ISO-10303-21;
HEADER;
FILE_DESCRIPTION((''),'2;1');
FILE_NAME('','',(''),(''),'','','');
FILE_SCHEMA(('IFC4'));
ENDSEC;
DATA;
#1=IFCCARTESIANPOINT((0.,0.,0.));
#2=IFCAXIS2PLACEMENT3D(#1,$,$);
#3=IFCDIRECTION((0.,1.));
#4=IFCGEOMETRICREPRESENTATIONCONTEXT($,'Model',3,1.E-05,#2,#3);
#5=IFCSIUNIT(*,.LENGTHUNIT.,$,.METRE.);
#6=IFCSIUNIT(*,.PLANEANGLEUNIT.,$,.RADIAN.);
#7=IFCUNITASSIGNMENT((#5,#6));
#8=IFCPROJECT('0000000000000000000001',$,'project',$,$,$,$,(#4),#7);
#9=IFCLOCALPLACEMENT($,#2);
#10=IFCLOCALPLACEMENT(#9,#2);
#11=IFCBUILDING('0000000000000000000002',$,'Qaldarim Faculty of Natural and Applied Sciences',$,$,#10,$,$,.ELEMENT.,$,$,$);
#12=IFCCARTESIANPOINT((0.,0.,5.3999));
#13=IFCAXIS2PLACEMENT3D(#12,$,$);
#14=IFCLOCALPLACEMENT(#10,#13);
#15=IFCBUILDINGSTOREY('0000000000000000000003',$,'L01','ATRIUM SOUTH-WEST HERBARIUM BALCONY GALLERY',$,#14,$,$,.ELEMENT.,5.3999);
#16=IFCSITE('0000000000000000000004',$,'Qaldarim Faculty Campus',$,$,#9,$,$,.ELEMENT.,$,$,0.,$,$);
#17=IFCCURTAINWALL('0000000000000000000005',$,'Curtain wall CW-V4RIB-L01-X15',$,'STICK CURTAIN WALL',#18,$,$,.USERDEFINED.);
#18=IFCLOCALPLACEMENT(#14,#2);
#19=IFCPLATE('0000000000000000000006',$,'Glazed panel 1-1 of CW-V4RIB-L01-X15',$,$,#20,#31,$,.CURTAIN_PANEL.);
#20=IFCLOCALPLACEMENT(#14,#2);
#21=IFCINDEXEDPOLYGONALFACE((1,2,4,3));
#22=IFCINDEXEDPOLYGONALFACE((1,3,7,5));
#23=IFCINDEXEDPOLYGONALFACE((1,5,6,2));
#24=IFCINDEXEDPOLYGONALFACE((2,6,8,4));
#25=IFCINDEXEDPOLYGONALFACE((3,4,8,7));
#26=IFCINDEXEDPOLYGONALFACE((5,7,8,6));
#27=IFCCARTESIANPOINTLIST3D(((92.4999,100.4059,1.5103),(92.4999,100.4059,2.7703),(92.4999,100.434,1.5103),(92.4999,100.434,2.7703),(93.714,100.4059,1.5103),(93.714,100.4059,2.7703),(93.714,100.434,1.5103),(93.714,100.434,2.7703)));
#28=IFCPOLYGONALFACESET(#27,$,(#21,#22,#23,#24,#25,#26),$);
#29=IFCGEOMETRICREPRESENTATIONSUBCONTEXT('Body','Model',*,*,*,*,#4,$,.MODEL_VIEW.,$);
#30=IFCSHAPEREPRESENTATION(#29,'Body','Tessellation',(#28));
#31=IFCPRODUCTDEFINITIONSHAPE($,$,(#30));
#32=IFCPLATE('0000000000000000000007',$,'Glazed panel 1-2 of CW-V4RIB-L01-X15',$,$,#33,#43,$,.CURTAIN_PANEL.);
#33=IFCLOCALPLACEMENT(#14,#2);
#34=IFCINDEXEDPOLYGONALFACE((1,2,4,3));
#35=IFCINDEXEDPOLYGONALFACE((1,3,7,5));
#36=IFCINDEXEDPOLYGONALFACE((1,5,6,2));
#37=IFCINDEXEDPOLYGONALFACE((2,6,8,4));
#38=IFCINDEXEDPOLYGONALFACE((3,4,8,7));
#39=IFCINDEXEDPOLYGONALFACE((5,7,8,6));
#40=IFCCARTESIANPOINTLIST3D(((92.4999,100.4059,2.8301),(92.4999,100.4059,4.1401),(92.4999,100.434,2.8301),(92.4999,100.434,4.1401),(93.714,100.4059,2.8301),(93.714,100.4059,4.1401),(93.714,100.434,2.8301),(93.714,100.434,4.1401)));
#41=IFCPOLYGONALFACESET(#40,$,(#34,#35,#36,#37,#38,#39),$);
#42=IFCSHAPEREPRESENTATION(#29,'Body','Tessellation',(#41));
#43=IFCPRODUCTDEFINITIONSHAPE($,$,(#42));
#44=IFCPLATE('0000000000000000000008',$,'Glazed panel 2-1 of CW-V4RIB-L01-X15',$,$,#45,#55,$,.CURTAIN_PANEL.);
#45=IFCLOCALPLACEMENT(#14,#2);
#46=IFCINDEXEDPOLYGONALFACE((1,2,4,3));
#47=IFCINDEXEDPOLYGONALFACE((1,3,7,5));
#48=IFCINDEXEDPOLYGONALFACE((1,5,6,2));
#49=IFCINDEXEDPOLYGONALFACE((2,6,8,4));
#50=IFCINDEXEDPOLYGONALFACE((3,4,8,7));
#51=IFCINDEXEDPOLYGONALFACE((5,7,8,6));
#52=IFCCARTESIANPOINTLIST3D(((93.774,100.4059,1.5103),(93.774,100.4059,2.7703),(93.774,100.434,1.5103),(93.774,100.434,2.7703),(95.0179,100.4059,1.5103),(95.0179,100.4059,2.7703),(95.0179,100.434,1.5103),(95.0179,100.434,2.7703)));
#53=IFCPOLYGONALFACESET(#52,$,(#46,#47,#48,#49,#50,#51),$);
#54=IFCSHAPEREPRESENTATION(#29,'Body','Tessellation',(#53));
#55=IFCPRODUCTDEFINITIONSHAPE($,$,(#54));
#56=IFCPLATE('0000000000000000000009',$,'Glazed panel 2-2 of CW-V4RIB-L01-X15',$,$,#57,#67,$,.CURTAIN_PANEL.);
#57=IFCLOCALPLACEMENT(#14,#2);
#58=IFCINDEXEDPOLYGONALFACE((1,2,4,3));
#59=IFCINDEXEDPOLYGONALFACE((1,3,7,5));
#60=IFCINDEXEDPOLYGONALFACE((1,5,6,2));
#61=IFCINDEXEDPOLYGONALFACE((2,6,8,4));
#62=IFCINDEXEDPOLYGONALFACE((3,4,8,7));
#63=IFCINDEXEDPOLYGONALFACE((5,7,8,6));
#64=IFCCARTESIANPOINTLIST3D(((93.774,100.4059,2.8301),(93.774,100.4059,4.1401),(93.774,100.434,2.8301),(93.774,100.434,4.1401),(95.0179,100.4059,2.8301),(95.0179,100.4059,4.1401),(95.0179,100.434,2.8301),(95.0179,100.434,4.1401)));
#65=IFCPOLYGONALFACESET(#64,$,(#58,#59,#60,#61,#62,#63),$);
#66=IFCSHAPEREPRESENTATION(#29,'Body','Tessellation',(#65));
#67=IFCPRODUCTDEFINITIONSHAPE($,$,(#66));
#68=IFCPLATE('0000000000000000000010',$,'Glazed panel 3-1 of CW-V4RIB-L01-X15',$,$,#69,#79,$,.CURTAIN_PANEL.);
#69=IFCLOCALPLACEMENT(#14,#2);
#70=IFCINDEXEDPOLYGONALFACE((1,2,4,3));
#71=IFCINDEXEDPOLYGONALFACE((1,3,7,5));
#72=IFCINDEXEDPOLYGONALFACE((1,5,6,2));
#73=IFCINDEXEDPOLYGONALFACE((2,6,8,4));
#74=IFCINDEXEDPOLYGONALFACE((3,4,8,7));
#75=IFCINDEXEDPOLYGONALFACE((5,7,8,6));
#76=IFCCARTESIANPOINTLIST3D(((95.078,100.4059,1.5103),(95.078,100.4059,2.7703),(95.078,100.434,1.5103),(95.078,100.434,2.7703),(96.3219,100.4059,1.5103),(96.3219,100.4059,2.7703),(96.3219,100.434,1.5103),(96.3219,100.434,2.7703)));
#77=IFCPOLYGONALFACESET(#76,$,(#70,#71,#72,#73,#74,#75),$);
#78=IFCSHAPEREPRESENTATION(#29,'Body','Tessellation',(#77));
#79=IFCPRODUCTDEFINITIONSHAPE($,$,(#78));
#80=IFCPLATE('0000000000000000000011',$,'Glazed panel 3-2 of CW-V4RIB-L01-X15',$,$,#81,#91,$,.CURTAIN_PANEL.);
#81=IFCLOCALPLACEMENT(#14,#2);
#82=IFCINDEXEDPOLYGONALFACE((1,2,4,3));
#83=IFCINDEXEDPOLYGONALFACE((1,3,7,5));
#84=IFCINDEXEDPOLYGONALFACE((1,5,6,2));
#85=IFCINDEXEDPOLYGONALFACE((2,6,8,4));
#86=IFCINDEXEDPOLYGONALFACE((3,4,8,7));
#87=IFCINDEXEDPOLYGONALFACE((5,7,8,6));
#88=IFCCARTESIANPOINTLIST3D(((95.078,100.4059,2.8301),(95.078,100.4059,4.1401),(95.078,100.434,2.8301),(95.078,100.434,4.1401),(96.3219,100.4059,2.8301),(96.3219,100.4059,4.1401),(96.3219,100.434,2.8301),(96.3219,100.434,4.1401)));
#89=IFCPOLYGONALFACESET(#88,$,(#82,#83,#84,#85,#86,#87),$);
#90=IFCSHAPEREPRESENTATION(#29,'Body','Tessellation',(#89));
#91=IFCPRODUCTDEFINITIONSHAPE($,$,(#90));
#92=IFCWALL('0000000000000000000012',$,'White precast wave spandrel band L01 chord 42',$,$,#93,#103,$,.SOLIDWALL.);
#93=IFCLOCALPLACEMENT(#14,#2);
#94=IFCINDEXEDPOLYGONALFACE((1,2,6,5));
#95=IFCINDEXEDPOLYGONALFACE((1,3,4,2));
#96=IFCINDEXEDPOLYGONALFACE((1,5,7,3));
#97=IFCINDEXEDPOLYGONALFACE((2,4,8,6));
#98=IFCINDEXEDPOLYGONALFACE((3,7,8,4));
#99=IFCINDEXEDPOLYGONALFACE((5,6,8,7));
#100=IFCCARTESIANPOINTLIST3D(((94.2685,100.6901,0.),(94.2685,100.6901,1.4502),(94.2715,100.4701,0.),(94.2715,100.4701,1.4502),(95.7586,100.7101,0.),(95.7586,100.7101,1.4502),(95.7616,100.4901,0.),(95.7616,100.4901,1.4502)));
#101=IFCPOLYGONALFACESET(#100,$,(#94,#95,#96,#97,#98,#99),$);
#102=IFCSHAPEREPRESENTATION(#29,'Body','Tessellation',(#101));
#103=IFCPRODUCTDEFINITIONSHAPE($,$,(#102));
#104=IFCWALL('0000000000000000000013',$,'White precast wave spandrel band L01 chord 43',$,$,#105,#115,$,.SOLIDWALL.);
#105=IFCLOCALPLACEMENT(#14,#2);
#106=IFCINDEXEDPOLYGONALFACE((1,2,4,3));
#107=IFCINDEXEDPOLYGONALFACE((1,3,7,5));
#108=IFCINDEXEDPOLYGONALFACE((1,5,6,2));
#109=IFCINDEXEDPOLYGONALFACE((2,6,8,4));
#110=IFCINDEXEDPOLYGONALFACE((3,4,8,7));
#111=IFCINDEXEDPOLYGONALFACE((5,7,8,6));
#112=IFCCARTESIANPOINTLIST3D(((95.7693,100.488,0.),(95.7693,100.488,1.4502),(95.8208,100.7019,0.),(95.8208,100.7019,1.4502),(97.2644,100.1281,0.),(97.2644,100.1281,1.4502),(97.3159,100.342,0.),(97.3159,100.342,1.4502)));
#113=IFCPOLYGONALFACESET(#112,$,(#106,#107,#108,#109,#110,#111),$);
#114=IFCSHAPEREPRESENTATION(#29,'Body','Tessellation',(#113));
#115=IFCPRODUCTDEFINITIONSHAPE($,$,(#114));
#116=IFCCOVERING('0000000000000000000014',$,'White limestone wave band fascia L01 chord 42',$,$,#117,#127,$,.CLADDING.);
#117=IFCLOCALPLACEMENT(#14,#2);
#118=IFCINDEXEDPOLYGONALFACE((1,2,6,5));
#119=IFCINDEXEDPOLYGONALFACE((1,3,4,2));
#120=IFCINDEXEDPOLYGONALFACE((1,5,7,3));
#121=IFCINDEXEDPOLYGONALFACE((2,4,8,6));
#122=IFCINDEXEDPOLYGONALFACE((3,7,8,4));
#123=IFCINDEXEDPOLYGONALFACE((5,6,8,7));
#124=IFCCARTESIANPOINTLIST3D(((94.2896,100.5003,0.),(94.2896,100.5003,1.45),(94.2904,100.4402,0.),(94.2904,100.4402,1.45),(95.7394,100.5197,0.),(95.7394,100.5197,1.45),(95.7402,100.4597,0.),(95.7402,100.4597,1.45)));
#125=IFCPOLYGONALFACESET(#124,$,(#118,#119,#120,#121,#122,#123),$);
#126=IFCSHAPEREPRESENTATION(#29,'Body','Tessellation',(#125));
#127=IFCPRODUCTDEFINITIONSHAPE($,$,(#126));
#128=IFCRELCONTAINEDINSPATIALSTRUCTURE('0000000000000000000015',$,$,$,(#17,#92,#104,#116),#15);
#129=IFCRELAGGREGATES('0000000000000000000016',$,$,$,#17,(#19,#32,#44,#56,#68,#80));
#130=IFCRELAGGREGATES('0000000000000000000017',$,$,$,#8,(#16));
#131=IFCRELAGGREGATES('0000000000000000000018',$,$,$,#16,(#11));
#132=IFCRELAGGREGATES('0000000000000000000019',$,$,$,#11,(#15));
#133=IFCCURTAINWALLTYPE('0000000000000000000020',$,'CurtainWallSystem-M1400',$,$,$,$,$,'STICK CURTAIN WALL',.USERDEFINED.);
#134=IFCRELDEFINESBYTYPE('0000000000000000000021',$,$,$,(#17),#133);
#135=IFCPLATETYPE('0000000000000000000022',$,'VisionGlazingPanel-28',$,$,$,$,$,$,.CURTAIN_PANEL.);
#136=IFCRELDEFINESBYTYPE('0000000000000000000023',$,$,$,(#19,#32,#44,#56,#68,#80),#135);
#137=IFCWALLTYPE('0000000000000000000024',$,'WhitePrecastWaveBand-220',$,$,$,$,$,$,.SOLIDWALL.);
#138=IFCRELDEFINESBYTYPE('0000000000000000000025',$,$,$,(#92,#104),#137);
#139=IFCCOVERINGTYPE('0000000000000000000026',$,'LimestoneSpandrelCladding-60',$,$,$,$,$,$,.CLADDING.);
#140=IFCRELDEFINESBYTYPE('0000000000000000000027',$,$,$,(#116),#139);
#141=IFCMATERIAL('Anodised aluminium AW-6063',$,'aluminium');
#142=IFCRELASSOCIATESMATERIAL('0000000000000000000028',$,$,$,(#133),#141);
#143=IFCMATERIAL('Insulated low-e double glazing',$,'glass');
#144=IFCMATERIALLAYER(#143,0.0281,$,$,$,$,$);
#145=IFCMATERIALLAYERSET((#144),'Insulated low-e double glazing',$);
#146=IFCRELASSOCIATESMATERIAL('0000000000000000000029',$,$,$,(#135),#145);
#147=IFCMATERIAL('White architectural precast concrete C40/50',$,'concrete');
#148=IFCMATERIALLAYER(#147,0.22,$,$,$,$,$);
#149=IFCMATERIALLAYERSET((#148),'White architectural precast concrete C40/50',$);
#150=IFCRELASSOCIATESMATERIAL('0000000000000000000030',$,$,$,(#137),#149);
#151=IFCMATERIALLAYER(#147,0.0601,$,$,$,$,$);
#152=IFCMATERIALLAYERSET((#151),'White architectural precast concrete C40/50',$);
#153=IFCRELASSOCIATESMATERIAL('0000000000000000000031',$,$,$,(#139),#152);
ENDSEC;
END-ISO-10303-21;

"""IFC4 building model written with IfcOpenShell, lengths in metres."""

from ifc_helpers import new_model, si_unit, direction, frame, frame_2d, origin, origin_2d, place, context, subcontext, project, spatial, rectangle, extrude, material, layer, layer_set, type_object, element, aggregate, save


model = new_model("IFC4")

# Units and contexts
model_context = context("Model", 3, precision=1e-05, world=origin(), true_north=direction((0.0, 1.0)))
body_context = subcontext(model_context, "Body", "Model", "MODEL_VIEW")
ifc_project = project(units=[si_unit("LENGTHUNIT", "METRE"), si_unit("PLANEANGLEUNIT", "RADIAN")], contexts=[model_context])

# Site, building, storey
site_placement = place(None, origin())
site = spatial("IfcSite", under=ifc_project, at=site_placement, Name="Qaldarim Faculty Campus", CompositionType="ELEMENT", RefElevation=0.0)
building_placement = place(site_placement, origin())
building = spatial("IfcBuilding", under=site, at=building_placement, Name="Qaldarim Faculty of Natural and Applied Sciences", CompositionType="ELEMENT")
storey_placement = place(building_placement, frame((0.0, 0.0, 5.3999)))
storey = spatial("IfcBuildingStorey", under=building, at=storey_placement, Name="L01", Description="ATRIUM SOUTH-WEST HERBARIUM BALCONY GALLERY", CompositionType="ELEMENT", Elevation=5.3999)

# Curtain wall
ifc_material_1 = material(Name="Anodised aluminium AW-6063", Category="aluminium")
curtain_wall_type = type_object("IfcCurtainWallType", Name="CurtainWallSystem-M1400", ElementType="STICK CURTAIN WALL", PredefinedType="USERDEFINED", material=ifc_material_1)
curtain_wall_placement = place(storey_placement, origin())
curtain_wall = element("IfcCurtainWall", 1, at=curtain_wall_placement, inside=storey, type_object=curtain_wall_type, Name="Curtain wall CW-V4RIB-L01-X15", ObjectType="STICK CURTAIN WALL", PredefinedType="USERDEFINED")

# Plates
ifc_material_2 = material(Name="Insulated low-e double glazing", Category="glass")
ifc_layer_1 = layer(ifc_material_2, 0.0281)
ifc_layer_set_1 = layer_set([ifc_layer_1], Name="Insulated low-e double glazing")
plate_type = type_object("IfcPlateType", Name="VisionGlazingPanel-28", PredefinedType="CURTAIN_PANEL", material=ifc_layer_set_1)
plate_1_placement = place(storey_placement, frame((93.1069, 100.4199, 1.5103), z_axis=(0.0, 0.0, 1.0), x_axis=(1.0, 0.0, 0.0)))
plate_1 = element("IfcPlate", 2, at=plate_1_placement, type_object=plate_type, Name="Glazed panel 1-1 of CW-V4RIB-L01-X15", PredefinedType="CURTAIN_PANEL", context=body_context, shape_type="SweptSolid", body=[
    extrude(rectangle(XDim=1.2141, YDim=0.0281, at=origin_2d()), origin(), (0.0, 0.0, 1.0), 1.26),
])
plate_2_placement = place(storey_placement, frame((93.1069, 100.4199, 2.8301), z_axis=(0.0, 0.0, 1.0), x_axis=(1.0, 0.0, 0.0)))
plate_2 = element("IfcPlate", 3, at=plate_2_placement, type_object=plate_type, Name="Glazed panel 1-2 of CW-V4RIB-L01-X15", PredefinedType="CURTAIN_PANEL", context=body_context, shape_type="SweptSolid", body=[
    extrude(rectangle(XDim=1.2141, YDim=0.0281, at=origin_2d()), origin(), (0.0, 0.0, 1.0), 1.3101),
])
plate_3_placement = place(storey_placement, frame((94.396, 100.4199, 1.5103), z_axis=(0.0, 0.0, 1.0), x_axis=(1.0, 0.0, 0.0)))
plate_3 = element("IfcPlate", 4, at=plate_3_placement, type_object=plate_type, Name="Glazed panel 2-1 of CW-V4RIB-L01-X15", PredefinedType="CURTAIN_PANEL", context=body_context, shape_type="SweptSolid", body=[
    extrude(rectangle(XDim=1.2439, YDim=0.0281, at=origin_2d()), origin(), (0.0, 0.0, 1.0), 1.26),
])
plate_4_placement = place(storey_placement, frame((94.396, 100.4199, 2.8301), z_axis=(0.0, 0.0, 1.0), x_axis=(1.0, 0.0, 0.0)))
plate_4 = element("IfcPlate", 5, at=plate_4_placement, type_object=plate_type, Name="Glazed panel 2-2 of CW-V4RIB-L01-X15", PredefinedType="CURTAIN_PANEL", context=body_context, shape_type="SweptSolid", body=[
    extrude(rectangle(XDim=1.2439, YDim=0.0281, at=origin_2d()), origin(), (0.0, 0.0, 1.0), 1.3101),
])
plate_5_placement = place(storey_placement, frame((95.7, 100.4199, 1.5103), z_axis=(0.0, 0.0, 1.0), x_axis=(1.0, 0.0, 0.0)))
plate_5 = element("IfcPlate", 6, at=plate_5_placement, type_object=plate_type, Name="Glazed panel 3-1 of CW-V4RIB-L01-X15", PredefinedType="CURTAIN_PANEL", context=body_context, shape_type="SweptSolid", body=[
    extrude(rectangle(XDim=1.2439, YDim=0.0281, at=origin_2d()), origin(), (0.0, 0.0, 1.0), 1.26),
])
plate_6_placement = place(storey_placement, frame((95.7, 100.4199, 2.8301), z_axis=(0.0, 0.0, 1.0), x_axis=(1.0, 0.0, 0.0)))
plate_6 = element("IfcPlate", 7, at=plate_6_placement, type_object=plate_type, Name="Glazed panel 3-2 of CW-V4RIB-L01-X15", PredefinedType="CURTAIN_PANEL", context=body_context, shape_type="SweptSolid", body=[
    extrude(rectangle(XDim=1.2439, YDim=0.0281, at=origin_2d()), origin(), (0.0, 0.0, 1.0), 1.3101),
])
aggregate(curtain_wall, [plate_1, plate_2, plate_3, plate_4, plate_5, plate_6])

# Walls
ifc_material_3 = material(Name="White architectural precast concrete C40/50", Category="concrete")
ifc_layer_2 = layer(ifc_material_3, 0.22)
ifc_layer_set_2 = layer_set([ifc_layer_2], Name="White architectural precast concrete C40/50")
wall_type = type_object("IfcWallType", Name="WhitePrecastWaveBand-220", PredefinedType="SOLIDWALL", material=ifc_layer_set_2)
wall_1_placement = place(storey_placement, frame((94.27, 100.5801, 0.0), z_axis=(0.0, 0.0, 1.0), x_axis=(0.99991, 0.013435, 0.0)))
element("IfcWall", 8, at=wall_1_placement, inside=storey, type_object=wall_type, Name="White precast wave spandrel band L01 chord 42", PredefinedType="SOLIDWALL", context=body_context, shape_type="SweptSolid", body=[
    extrude(rectangle(XDim=1.4902, YDim=0.22, at=frame_2d((0.7451, 0.0))), origin(), (0.0, 0.0, 1.0), 1.4502),
])
wall_2_placement = place(storey_placement, frame((95.7949, 100.595, 0.0), z_axis=(0.0, 0.0, 1.0), x_axis=(0.972234, -0.234009, 0.0)))
element("IfcWall", 9, at=wall_2_placement, inside=storey, type_object=wall_type, Name="White precast wave spandrel band L01 chord 43", PredefinedType="SOLIDWALL", context=body_context, shape_type="SweptSolid", body=[
    extrude(rectangle(XDim=1.5378, YDim=0.22, at=frame_2d((0.769, 0.0))), origin(), (0.0, 0.0, 1.0), 1.4502),
])

# Covering
ifc_layer_3 = layer(ifc_material_3, 0.0601)
ifc_layer_set_3 = layer_set([ifc_layer_3], Name="White architectural precast concrete C40/50")
covering_type = type_object("IfcCoveringType", Name="LimestoneSpandrelCladding-60", PredefinedType="CLADDING", material=ifc_layer_set_3)
covering_placement = place(storey_placement, frame((95.0149, 100.48, 0.0), z_axis=(0.0, 0.0, 1.0), x_axis=(0.99991, 0.013421, 0.0)))
element("IfcCovering", 10, at=covering_placement, inside=storey, type_object=covering_type, Name="White limestone wave band fascia L01 chord 42", PredefinedType="CLADDING", context=body_context, shape_type="SweptSolid", body=[
    extrude(rectangle(XDim=1.45, YDim=0.0601, at=origin_2d()), origin(), (0.0, 0.0, 1.0), 1.45),
])

save(model, "model.ifc")
